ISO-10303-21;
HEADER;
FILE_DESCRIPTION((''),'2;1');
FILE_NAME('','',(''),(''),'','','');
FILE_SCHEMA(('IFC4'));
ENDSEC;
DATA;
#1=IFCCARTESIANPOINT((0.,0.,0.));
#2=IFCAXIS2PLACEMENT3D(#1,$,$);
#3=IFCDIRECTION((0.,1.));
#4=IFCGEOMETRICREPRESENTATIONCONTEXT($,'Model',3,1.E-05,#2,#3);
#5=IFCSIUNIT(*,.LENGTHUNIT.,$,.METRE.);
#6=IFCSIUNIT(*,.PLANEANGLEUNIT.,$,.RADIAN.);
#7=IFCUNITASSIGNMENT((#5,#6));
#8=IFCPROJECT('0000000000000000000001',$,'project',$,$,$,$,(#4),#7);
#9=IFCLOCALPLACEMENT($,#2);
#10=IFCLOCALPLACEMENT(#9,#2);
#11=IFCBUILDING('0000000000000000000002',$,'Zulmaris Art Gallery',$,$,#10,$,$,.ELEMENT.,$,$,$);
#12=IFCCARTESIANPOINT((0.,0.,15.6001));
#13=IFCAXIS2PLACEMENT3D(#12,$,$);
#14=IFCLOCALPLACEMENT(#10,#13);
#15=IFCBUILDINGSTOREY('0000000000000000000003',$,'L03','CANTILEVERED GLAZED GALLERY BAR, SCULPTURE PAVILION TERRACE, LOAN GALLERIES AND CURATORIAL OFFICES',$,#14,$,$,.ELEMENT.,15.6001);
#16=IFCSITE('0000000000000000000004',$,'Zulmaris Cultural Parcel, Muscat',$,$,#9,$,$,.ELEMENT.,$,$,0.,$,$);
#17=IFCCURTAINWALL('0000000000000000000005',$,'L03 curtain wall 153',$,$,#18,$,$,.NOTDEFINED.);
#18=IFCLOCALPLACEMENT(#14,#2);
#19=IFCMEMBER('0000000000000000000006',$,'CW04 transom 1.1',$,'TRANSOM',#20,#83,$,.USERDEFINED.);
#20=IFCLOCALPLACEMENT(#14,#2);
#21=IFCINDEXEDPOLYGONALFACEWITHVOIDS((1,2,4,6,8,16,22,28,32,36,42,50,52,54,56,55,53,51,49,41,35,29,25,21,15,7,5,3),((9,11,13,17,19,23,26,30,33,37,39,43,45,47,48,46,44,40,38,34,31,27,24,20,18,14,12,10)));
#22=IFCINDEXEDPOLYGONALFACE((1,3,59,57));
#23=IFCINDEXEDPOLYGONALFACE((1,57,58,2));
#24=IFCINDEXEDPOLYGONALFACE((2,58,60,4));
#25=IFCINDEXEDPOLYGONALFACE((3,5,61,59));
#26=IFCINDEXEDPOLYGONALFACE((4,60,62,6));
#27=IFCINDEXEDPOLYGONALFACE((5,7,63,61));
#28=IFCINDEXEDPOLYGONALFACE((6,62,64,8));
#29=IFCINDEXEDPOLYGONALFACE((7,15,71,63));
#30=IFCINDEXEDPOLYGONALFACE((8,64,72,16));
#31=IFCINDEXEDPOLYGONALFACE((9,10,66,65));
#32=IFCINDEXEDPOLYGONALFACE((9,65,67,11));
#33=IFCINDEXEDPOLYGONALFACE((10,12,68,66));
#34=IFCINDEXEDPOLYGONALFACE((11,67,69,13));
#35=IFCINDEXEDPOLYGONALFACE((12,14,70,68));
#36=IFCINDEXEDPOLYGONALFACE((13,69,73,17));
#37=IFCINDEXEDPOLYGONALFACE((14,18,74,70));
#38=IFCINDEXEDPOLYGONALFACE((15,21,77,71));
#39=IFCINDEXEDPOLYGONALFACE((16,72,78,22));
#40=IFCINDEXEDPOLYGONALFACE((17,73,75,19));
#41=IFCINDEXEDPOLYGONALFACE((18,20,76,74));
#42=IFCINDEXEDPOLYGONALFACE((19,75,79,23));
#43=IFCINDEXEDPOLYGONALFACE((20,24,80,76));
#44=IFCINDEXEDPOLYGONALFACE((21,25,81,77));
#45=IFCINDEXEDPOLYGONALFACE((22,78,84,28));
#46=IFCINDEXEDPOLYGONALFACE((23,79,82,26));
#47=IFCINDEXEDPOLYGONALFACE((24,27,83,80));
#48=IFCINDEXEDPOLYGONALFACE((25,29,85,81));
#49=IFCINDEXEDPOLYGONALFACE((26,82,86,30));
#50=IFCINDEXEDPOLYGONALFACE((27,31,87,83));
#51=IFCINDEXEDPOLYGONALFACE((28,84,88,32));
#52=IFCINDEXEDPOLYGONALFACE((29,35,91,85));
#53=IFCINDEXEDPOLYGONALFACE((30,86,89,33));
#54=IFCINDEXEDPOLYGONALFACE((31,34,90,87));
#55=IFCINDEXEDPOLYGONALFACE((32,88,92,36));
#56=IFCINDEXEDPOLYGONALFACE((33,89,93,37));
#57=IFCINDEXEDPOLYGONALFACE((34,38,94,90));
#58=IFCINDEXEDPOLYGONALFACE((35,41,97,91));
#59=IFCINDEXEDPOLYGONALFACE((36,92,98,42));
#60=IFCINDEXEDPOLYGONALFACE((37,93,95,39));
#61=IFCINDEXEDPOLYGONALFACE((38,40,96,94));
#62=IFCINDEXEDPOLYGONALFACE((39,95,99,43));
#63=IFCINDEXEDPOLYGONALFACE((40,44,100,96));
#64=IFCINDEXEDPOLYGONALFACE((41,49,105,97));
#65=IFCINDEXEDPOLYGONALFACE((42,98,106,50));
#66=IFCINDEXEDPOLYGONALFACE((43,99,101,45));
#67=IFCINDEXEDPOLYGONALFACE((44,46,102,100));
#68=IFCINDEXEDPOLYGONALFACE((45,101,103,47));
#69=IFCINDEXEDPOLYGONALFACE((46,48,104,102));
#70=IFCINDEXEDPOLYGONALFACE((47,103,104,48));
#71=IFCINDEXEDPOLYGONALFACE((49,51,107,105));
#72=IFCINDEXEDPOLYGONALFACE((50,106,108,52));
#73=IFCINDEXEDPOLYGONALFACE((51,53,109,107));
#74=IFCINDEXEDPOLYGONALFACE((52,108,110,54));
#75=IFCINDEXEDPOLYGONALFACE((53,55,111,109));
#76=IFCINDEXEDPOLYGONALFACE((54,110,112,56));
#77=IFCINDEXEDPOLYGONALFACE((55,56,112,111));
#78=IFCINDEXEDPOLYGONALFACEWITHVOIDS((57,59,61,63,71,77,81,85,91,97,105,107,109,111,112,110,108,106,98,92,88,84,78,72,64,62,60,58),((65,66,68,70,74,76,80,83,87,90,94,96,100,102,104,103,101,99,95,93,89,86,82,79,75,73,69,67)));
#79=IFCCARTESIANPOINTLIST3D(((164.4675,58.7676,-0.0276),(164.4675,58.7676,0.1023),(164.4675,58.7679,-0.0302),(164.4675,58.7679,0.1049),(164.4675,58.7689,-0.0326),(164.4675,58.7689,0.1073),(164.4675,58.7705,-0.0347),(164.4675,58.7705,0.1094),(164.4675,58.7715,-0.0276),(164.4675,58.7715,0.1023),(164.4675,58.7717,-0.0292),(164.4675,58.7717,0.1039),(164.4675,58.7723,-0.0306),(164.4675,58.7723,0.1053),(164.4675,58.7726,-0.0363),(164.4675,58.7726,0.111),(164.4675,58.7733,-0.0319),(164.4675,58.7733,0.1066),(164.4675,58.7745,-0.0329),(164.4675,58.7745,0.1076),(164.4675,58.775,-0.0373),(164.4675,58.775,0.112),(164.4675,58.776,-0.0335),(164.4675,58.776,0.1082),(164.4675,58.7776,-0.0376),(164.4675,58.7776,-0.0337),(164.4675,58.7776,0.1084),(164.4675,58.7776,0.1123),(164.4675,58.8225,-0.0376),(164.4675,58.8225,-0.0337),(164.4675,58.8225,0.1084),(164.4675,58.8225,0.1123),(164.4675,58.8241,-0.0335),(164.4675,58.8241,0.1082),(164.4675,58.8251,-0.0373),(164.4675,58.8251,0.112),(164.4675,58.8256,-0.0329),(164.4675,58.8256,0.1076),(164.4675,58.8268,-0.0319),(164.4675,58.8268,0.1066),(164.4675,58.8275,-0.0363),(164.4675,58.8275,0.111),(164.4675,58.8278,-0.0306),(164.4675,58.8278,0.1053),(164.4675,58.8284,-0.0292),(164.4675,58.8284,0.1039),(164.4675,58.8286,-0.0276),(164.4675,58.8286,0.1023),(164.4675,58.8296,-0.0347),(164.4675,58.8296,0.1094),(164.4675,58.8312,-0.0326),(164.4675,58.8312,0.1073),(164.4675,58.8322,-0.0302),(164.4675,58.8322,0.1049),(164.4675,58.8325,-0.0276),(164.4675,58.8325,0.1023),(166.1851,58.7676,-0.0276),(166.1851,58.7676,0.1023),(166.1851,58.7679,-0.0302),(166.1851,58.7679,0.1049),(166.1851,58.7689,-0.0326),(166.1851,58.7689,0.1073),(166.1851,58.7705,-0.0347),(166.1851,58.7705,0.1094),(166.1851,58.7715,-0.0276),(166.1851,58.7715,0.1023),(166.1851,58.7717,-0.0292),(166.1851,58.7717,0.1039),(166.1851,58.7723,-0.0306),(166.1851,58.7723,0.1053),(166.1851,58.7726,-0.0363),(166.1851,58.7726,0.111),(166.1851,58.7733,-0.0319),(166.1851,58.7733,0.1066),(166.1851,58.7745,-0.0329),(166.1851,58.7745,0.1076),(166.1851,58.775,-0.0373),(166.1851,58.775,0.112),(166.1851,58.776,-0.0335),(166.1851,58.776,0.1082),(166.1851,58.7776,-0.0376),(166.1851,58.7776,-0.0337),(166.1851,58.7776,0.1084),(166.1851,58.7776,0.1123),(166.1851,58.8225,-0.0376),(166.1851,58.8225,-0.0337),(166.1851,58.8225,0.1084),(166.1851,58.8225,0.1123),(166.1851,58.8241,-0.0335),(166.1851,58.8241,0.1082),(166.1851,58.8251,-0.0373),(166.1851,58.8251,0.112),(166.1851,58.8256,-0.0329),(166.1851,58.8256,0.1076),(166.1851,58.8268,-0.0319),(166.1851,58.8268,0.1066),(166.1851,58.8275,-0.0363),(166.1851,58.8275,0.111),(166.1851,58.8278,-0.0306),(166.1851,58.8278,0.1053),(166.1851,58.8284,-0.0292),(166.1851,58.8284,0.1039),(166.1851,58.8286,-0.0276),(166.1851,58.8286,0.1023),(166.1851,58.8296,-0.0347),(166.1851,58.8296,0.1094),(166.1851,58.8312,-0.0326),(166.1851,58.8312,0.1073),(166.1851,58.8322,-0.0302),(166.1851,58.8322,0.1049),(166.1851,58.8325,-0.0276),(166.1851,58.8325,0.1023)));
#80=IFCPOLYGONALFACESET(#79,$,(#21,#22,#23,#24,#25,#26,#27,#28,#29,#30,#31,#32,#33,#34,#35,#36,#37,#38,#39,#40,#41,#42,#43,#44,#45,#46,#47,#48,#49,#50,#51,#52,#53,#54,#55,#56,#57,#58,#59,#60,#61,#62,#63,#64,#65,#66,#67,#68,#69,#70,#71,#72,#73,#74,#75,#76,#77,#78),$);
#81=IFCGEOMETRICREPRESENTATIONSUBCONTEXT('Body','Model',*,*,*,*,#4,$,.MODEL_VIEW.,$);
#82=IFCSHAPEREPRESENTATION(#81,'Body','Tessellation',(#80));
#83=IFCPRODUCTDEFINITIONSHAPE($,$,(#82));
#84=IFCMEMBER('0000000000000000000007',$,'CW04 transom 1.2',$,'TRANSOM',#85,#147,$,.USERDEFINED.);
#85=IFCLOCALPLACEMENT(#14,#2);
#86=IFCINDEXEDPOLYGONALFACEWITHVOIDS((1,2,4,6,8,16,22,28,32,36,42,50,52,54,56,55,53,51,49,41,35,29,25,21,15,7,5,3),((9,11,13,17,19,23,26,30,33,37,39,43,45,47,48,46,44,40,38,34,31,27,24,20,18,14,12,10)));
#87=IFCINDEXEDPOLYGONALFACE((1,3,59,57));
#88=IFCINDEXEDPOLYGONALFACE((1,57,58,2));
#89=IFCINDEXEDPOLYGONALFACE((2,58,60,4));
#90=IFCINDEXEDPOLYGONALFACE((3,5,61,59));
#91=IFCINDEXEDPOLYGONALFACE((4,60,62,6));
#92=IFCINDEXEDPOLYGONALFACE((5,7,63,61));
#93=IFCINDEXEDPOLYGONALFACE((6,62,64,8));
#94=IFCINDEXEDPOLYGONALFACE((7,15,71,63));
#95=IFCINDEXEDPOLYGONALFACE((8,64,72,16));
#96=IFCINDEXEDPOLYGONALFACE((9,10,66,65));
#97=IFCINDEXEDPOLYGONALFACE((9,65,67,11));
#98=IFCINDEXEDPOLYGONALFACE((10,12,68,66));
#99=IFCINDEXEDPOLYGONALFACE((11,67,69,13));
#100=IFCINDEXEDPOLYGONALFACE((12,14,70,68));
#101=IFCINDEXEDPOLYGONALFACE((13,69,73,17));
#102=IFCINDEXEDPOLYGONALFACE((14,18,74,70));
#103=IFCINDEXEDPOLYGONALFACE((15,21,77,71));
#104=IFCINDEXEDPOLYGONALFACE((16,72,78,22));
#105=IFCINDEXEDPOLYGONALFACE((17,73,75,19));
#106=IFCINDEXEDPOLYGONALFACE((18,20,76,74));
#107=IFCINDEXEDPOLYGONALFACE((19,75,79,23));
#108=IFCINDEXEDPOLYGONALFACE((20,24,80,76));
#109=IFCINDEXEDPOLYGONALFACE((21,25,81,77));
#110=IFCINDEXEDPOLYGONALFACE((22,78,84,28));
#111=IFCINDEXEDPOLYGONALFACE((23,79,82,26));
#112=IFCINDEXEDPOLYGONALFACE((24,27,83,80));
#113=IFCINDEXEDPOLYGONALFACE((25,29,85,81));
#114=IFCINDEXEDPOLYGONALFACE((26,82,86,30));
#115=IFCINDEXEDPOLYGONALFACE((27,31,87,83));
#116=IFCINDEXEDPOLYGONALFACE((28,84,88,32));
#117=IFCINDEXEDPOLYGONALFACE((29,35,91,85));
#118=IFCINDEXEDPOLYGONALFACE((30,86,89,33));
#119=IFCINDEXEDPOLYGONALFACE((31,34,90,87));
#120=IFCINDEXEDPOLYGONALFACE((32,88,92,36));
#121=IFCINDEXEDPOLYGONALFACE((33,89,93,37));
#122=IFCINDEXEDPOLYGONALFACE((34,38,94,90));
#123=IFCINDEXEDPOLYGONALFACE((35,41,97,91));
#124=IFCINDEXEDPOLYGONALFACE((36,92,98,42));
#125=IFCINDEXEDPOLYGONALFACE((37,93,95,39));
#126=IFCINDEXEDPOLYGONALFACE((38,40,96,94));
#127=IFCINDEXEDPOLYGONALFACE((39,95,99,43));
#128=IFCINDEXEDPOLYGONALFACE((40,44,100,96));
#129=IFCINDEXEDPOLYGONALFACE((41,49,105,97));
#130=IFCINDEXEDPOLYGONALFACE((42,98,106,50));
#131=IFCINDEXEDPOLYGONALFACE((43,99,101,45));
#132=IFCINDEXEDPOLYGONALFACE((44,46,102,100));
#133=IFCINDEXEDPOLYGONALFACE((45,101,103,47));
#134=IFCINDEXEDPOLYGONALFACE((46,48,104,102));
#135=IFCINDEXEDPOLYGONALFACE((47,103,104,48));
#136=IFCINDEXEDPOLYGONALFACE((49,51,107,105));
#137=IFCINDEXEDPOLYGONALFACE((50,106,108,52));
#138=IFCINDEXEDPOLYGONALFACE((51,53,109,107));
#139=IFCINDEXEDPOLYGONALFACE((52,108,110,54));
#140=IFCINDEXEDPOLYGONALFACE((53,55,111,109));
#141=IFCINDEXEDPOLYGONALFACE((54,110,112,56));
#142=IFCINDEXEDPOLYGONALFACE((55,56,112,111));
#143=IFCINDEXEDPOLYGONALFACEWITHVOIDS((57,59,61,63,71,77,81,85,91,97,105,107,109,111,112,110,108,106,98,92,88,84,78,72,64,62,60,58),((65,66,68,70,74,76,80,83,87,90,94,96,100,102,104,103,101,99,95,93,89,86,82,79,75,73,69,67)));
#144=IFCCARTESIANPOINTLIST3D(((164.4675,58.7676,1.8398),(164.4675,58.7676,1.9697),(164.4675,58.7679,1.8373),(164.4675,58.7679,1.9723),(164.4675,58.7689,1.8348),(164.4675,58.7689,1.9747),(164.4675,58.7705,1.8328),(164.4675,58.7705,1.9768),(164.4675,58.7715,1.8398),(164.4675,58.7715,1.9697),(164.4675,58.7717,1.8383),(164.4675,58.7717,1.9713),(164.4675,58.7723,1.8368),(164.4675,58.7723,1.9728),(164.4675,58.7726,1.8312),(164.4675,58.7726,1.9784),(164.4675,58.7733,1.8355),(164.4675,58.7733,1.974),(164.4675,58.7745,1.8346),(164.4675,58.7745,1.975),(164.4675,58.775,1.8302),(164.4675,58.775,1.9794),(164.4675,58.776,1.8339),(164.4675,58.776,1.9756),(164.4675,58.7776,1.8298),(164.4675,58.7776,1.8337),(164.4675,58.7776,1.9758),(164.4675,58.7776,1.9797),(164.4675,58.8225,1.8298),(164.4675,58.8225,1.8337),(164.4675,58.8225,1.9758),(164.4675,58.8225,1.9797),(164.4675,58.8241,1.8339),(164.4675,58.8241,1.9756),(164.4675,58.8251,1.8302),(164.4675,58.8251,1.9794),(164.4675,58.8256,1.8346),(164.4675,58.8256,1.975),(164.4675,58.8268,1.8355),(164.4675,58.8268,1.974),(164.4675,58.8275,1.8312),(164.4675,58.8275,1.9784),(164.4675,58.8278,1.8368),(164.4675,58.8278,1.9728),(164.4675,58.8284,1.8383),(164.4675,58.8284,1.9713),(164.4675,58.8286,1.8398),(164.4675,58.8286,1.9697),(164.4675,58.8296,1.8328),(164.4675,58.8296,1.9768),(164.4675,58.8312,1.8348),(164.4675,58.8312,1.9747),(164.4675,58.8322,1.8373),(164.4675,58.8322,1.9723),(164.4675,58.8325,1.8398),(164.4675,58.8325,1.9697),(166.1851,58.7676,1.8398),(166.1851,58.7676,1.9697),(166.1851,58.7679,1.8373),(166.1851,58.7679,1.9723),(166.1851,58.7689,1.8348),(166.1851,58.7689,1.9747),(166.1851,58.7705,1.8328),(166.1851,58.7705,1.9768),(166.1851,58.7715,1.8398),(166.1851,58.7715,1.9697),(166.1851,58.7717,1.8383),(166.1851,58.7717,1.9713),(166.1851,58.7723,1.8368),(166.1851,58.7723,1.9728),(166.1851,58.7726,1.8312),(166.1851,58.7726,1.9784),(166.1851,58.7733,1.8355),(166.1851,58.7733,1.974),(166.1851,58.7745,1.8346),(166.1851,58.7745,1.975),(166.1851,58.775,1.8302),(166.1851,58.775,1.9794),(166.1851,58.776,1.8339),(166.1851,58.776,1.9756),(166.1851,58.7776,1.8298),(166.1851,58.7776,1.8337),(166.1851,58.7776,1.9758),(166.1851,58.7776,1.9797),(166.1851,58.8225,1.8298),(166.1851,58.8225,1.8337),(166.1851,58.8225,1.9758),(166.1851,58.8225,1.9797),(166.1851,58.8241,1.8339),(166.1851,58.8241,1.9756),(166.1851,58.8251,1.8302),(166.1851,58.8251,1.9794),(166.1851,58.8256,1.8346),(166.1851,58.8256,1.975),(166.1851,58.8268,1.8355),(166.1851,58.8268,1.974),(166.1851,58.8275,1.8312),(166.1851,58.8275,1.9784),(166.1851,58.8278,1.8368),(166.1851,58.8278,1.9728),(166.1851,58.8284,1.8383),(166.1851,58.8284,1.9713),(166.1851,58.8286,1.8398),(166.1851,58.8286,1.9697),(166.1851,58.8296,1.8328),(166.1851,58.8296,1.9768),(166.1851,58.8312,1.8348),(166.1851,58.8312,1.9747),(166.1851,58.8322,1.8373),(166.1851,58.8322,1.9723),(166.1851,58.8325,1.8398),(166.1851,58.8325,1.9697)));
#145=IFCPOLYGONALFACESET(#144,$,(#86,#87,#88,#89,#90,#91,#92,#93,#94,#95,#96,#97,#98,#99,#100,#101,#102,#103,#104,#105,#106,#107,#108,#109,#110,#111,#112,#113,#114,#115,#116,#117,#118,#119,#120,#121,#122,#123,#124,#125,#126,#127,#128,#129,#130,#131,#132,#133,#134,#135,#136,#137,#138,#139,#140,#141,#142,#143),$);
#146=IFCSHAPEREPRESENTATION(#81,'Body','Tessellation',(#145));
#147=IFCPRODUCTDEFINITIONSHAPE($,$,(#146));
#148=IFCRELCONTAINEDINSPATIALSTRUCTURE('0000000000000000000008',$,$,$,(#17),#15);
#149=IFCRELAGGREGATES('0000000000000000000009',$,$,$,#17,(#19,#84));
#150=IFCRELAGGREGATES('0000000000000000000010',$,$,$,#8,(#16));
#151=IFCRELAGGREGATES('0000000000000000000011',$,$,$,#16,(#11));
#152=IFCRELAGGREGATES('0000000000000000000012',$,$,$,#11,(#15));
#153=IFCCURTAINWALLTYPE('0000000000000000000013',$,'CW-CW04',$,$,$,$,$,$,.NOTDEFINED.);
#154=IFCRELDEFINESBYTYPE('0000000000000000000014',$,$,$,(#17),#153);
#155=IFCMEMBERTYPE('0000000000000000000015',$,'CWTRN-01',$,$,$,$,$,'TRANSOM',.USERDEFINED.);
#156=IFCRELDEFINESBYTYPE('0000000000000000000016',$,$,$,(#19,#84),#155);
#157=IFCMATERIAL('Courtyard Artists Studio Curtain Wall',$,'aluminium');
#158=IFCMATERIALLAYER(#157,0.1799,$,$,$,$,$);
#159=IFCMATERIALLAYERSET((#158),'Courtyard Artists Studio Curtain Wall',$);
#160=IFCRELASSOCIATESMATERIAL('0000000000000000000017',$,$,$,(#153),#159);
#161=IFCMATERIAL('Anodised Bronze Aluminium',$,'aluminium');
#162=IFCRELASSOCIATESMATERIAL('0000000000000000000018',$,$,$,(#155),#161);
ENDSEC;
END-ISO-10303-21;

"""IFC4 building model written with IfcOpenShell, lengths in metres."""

from ifc_helpers import new_model, si_unit, direction, frame, origin, origin_2d, place, context, subcontext, project, spatial, hollow_rectangle, extrude, material, layer, layer_set, material_profile, profile_set, type_object, element, aggregate, save


model = new_model("IFC4")

# Units and contexts
model_context = context("Model", 3, precision=1e-05, world=origin(), true_north=direction((0.0, 1.0)))
body_context = subcontext(model_context, "Body", "Model", "MODEL_VIEW")
ifc_project = project(units=[si_unit("LENGTHUNIT", "METRE"), si_unit("PLANEANGLEUNIT", "RADIAN")], contexts=[model_context])

# Site, building, storey
site_placement = place(None, origin())
site = spatial("IfcSite", under=ifc_project, at=site_placement, Name="Zulmaris Cultural Parcel, Muscat", CompositionType="ELEMENT", RefElevation=0.0)
building_placement = place(site_placement, origin())
building = spatial("IfcBuilding", under=site, at=building_placement, Name="Zulmaris Art Gallery", CompositionType="ELEMENT")
storey_placement = place(building_placement, frame((0.0, 0.0, 15.6001)))
storey = spatial("IfcBuildingStorey", under=building, at=storey_placement, Name="L03", Description="CANTILEVERED GLAZED GALLERY BAR, SCULPTURE PAVILION TERRACE, LOAN GALLERIES AND CURATORIAL OFFICES", CompositionType="ELEMENT", Elevation=15.6001)

# Curtain wall
ifc_material_1 = material(Name="Courtyard Artists Studio Curtain Wall", Category="aluminium")
ifc_layer_1 = layer(ifc_material_1, 0.1799)
ifc_layer_set_1 = layer_set([ifc_layer_1], Name="Courtyard Artists Studio Curtain Wall")
curtain_wall_type = type_object("IfcCurtainWallType", Name="CW-CW04", PredefinedType="NOTDEFINED", material=ifc_layer_set_1)
ifc_material_2 = material(Name="Anodised Bronze Aluminium", Category="aluminium")
curtain_wall_1_placement = place(storey_placement, origin())
curtain_wall_1 = element("IfcCurtainWall", 1, at=curtain_wall_1_placement, inside=storey, type_object=curtain_wall_type, Name="L03 curtain wall 153", PredefinedType="NOTDEFINED")

# Members
ifc_material_profile_1 = material_profile(ifc_material_2, hollow_rectangle(XDim=0.0649, YDim=0.1499, WallThickness=0.0039, InnerFilletRadius=0.0061, OuterFilletRadius=0.01, at=origin_2d()), Name="ALU 65x150x4")
ifc_profile_set_1 = profile_set([ifc_material_profile_1], Name="Anodised Bronze Aluminium")
member_type_1 = type_object("IfcMemberType", Name="CWTRN-01", ElementType="TRANSOM", PredefinedType="USERDEFINED", material=ifc_profile_set_1)
member_1_placement = place(storey_placement, frame((166.1851, 58.8, 0.0374), z_axis=(-1.0, 0.0, 0.0), x_axis=(0.0, -1.0, 0.0)))
member_1 = element("IfcMember", 2, at=member_1_placement, type_object=member_type_1, Name="CW04 transom 1.1", ObjectType="TRANSOM", PredefinedType="USERDEFINED", context=body_context, shape_type="SweptSolid", body=[
    extrude(hollow_rectangle(XDim=0.0649, YDim=0.1499, WallThickness=0.0039, InnerFilletRadius=0.0061, OuterFilletRadius=0.01, at=origin_2d()), origin(), (0.0, 0.0, 1.0), 1.7175),
])
member_2_placement = place(storey_placement, frame((166.1851, 58.8, 1.9048), z_axis=(-1.0, 0.0, 0.0), x_axis=(0.0, -1.0, 0.0)))
member_2 = element("IfcMember", 3, at=member_2_placement, type_object=member_type_1, Name="CW04 transom 1.2", ObjectType="TRANSOM", PredefinedType="USERDEFINED", context=body_context, shape_type="SweptSolid", body=[
    extrude(hollow_rectangle(XDim=0.0649, YDim=0.1499, WallThickness=0.0039, InnerFilletRadius=0.0061, OuterFilletRadius=0.01, at=origin_2d()), origin(), (0.0, 0.0, 1.0), 1.7175),
])

aggregate(curtain_wall_1, [member_1, member_2])

save(model, "model.ifc")
